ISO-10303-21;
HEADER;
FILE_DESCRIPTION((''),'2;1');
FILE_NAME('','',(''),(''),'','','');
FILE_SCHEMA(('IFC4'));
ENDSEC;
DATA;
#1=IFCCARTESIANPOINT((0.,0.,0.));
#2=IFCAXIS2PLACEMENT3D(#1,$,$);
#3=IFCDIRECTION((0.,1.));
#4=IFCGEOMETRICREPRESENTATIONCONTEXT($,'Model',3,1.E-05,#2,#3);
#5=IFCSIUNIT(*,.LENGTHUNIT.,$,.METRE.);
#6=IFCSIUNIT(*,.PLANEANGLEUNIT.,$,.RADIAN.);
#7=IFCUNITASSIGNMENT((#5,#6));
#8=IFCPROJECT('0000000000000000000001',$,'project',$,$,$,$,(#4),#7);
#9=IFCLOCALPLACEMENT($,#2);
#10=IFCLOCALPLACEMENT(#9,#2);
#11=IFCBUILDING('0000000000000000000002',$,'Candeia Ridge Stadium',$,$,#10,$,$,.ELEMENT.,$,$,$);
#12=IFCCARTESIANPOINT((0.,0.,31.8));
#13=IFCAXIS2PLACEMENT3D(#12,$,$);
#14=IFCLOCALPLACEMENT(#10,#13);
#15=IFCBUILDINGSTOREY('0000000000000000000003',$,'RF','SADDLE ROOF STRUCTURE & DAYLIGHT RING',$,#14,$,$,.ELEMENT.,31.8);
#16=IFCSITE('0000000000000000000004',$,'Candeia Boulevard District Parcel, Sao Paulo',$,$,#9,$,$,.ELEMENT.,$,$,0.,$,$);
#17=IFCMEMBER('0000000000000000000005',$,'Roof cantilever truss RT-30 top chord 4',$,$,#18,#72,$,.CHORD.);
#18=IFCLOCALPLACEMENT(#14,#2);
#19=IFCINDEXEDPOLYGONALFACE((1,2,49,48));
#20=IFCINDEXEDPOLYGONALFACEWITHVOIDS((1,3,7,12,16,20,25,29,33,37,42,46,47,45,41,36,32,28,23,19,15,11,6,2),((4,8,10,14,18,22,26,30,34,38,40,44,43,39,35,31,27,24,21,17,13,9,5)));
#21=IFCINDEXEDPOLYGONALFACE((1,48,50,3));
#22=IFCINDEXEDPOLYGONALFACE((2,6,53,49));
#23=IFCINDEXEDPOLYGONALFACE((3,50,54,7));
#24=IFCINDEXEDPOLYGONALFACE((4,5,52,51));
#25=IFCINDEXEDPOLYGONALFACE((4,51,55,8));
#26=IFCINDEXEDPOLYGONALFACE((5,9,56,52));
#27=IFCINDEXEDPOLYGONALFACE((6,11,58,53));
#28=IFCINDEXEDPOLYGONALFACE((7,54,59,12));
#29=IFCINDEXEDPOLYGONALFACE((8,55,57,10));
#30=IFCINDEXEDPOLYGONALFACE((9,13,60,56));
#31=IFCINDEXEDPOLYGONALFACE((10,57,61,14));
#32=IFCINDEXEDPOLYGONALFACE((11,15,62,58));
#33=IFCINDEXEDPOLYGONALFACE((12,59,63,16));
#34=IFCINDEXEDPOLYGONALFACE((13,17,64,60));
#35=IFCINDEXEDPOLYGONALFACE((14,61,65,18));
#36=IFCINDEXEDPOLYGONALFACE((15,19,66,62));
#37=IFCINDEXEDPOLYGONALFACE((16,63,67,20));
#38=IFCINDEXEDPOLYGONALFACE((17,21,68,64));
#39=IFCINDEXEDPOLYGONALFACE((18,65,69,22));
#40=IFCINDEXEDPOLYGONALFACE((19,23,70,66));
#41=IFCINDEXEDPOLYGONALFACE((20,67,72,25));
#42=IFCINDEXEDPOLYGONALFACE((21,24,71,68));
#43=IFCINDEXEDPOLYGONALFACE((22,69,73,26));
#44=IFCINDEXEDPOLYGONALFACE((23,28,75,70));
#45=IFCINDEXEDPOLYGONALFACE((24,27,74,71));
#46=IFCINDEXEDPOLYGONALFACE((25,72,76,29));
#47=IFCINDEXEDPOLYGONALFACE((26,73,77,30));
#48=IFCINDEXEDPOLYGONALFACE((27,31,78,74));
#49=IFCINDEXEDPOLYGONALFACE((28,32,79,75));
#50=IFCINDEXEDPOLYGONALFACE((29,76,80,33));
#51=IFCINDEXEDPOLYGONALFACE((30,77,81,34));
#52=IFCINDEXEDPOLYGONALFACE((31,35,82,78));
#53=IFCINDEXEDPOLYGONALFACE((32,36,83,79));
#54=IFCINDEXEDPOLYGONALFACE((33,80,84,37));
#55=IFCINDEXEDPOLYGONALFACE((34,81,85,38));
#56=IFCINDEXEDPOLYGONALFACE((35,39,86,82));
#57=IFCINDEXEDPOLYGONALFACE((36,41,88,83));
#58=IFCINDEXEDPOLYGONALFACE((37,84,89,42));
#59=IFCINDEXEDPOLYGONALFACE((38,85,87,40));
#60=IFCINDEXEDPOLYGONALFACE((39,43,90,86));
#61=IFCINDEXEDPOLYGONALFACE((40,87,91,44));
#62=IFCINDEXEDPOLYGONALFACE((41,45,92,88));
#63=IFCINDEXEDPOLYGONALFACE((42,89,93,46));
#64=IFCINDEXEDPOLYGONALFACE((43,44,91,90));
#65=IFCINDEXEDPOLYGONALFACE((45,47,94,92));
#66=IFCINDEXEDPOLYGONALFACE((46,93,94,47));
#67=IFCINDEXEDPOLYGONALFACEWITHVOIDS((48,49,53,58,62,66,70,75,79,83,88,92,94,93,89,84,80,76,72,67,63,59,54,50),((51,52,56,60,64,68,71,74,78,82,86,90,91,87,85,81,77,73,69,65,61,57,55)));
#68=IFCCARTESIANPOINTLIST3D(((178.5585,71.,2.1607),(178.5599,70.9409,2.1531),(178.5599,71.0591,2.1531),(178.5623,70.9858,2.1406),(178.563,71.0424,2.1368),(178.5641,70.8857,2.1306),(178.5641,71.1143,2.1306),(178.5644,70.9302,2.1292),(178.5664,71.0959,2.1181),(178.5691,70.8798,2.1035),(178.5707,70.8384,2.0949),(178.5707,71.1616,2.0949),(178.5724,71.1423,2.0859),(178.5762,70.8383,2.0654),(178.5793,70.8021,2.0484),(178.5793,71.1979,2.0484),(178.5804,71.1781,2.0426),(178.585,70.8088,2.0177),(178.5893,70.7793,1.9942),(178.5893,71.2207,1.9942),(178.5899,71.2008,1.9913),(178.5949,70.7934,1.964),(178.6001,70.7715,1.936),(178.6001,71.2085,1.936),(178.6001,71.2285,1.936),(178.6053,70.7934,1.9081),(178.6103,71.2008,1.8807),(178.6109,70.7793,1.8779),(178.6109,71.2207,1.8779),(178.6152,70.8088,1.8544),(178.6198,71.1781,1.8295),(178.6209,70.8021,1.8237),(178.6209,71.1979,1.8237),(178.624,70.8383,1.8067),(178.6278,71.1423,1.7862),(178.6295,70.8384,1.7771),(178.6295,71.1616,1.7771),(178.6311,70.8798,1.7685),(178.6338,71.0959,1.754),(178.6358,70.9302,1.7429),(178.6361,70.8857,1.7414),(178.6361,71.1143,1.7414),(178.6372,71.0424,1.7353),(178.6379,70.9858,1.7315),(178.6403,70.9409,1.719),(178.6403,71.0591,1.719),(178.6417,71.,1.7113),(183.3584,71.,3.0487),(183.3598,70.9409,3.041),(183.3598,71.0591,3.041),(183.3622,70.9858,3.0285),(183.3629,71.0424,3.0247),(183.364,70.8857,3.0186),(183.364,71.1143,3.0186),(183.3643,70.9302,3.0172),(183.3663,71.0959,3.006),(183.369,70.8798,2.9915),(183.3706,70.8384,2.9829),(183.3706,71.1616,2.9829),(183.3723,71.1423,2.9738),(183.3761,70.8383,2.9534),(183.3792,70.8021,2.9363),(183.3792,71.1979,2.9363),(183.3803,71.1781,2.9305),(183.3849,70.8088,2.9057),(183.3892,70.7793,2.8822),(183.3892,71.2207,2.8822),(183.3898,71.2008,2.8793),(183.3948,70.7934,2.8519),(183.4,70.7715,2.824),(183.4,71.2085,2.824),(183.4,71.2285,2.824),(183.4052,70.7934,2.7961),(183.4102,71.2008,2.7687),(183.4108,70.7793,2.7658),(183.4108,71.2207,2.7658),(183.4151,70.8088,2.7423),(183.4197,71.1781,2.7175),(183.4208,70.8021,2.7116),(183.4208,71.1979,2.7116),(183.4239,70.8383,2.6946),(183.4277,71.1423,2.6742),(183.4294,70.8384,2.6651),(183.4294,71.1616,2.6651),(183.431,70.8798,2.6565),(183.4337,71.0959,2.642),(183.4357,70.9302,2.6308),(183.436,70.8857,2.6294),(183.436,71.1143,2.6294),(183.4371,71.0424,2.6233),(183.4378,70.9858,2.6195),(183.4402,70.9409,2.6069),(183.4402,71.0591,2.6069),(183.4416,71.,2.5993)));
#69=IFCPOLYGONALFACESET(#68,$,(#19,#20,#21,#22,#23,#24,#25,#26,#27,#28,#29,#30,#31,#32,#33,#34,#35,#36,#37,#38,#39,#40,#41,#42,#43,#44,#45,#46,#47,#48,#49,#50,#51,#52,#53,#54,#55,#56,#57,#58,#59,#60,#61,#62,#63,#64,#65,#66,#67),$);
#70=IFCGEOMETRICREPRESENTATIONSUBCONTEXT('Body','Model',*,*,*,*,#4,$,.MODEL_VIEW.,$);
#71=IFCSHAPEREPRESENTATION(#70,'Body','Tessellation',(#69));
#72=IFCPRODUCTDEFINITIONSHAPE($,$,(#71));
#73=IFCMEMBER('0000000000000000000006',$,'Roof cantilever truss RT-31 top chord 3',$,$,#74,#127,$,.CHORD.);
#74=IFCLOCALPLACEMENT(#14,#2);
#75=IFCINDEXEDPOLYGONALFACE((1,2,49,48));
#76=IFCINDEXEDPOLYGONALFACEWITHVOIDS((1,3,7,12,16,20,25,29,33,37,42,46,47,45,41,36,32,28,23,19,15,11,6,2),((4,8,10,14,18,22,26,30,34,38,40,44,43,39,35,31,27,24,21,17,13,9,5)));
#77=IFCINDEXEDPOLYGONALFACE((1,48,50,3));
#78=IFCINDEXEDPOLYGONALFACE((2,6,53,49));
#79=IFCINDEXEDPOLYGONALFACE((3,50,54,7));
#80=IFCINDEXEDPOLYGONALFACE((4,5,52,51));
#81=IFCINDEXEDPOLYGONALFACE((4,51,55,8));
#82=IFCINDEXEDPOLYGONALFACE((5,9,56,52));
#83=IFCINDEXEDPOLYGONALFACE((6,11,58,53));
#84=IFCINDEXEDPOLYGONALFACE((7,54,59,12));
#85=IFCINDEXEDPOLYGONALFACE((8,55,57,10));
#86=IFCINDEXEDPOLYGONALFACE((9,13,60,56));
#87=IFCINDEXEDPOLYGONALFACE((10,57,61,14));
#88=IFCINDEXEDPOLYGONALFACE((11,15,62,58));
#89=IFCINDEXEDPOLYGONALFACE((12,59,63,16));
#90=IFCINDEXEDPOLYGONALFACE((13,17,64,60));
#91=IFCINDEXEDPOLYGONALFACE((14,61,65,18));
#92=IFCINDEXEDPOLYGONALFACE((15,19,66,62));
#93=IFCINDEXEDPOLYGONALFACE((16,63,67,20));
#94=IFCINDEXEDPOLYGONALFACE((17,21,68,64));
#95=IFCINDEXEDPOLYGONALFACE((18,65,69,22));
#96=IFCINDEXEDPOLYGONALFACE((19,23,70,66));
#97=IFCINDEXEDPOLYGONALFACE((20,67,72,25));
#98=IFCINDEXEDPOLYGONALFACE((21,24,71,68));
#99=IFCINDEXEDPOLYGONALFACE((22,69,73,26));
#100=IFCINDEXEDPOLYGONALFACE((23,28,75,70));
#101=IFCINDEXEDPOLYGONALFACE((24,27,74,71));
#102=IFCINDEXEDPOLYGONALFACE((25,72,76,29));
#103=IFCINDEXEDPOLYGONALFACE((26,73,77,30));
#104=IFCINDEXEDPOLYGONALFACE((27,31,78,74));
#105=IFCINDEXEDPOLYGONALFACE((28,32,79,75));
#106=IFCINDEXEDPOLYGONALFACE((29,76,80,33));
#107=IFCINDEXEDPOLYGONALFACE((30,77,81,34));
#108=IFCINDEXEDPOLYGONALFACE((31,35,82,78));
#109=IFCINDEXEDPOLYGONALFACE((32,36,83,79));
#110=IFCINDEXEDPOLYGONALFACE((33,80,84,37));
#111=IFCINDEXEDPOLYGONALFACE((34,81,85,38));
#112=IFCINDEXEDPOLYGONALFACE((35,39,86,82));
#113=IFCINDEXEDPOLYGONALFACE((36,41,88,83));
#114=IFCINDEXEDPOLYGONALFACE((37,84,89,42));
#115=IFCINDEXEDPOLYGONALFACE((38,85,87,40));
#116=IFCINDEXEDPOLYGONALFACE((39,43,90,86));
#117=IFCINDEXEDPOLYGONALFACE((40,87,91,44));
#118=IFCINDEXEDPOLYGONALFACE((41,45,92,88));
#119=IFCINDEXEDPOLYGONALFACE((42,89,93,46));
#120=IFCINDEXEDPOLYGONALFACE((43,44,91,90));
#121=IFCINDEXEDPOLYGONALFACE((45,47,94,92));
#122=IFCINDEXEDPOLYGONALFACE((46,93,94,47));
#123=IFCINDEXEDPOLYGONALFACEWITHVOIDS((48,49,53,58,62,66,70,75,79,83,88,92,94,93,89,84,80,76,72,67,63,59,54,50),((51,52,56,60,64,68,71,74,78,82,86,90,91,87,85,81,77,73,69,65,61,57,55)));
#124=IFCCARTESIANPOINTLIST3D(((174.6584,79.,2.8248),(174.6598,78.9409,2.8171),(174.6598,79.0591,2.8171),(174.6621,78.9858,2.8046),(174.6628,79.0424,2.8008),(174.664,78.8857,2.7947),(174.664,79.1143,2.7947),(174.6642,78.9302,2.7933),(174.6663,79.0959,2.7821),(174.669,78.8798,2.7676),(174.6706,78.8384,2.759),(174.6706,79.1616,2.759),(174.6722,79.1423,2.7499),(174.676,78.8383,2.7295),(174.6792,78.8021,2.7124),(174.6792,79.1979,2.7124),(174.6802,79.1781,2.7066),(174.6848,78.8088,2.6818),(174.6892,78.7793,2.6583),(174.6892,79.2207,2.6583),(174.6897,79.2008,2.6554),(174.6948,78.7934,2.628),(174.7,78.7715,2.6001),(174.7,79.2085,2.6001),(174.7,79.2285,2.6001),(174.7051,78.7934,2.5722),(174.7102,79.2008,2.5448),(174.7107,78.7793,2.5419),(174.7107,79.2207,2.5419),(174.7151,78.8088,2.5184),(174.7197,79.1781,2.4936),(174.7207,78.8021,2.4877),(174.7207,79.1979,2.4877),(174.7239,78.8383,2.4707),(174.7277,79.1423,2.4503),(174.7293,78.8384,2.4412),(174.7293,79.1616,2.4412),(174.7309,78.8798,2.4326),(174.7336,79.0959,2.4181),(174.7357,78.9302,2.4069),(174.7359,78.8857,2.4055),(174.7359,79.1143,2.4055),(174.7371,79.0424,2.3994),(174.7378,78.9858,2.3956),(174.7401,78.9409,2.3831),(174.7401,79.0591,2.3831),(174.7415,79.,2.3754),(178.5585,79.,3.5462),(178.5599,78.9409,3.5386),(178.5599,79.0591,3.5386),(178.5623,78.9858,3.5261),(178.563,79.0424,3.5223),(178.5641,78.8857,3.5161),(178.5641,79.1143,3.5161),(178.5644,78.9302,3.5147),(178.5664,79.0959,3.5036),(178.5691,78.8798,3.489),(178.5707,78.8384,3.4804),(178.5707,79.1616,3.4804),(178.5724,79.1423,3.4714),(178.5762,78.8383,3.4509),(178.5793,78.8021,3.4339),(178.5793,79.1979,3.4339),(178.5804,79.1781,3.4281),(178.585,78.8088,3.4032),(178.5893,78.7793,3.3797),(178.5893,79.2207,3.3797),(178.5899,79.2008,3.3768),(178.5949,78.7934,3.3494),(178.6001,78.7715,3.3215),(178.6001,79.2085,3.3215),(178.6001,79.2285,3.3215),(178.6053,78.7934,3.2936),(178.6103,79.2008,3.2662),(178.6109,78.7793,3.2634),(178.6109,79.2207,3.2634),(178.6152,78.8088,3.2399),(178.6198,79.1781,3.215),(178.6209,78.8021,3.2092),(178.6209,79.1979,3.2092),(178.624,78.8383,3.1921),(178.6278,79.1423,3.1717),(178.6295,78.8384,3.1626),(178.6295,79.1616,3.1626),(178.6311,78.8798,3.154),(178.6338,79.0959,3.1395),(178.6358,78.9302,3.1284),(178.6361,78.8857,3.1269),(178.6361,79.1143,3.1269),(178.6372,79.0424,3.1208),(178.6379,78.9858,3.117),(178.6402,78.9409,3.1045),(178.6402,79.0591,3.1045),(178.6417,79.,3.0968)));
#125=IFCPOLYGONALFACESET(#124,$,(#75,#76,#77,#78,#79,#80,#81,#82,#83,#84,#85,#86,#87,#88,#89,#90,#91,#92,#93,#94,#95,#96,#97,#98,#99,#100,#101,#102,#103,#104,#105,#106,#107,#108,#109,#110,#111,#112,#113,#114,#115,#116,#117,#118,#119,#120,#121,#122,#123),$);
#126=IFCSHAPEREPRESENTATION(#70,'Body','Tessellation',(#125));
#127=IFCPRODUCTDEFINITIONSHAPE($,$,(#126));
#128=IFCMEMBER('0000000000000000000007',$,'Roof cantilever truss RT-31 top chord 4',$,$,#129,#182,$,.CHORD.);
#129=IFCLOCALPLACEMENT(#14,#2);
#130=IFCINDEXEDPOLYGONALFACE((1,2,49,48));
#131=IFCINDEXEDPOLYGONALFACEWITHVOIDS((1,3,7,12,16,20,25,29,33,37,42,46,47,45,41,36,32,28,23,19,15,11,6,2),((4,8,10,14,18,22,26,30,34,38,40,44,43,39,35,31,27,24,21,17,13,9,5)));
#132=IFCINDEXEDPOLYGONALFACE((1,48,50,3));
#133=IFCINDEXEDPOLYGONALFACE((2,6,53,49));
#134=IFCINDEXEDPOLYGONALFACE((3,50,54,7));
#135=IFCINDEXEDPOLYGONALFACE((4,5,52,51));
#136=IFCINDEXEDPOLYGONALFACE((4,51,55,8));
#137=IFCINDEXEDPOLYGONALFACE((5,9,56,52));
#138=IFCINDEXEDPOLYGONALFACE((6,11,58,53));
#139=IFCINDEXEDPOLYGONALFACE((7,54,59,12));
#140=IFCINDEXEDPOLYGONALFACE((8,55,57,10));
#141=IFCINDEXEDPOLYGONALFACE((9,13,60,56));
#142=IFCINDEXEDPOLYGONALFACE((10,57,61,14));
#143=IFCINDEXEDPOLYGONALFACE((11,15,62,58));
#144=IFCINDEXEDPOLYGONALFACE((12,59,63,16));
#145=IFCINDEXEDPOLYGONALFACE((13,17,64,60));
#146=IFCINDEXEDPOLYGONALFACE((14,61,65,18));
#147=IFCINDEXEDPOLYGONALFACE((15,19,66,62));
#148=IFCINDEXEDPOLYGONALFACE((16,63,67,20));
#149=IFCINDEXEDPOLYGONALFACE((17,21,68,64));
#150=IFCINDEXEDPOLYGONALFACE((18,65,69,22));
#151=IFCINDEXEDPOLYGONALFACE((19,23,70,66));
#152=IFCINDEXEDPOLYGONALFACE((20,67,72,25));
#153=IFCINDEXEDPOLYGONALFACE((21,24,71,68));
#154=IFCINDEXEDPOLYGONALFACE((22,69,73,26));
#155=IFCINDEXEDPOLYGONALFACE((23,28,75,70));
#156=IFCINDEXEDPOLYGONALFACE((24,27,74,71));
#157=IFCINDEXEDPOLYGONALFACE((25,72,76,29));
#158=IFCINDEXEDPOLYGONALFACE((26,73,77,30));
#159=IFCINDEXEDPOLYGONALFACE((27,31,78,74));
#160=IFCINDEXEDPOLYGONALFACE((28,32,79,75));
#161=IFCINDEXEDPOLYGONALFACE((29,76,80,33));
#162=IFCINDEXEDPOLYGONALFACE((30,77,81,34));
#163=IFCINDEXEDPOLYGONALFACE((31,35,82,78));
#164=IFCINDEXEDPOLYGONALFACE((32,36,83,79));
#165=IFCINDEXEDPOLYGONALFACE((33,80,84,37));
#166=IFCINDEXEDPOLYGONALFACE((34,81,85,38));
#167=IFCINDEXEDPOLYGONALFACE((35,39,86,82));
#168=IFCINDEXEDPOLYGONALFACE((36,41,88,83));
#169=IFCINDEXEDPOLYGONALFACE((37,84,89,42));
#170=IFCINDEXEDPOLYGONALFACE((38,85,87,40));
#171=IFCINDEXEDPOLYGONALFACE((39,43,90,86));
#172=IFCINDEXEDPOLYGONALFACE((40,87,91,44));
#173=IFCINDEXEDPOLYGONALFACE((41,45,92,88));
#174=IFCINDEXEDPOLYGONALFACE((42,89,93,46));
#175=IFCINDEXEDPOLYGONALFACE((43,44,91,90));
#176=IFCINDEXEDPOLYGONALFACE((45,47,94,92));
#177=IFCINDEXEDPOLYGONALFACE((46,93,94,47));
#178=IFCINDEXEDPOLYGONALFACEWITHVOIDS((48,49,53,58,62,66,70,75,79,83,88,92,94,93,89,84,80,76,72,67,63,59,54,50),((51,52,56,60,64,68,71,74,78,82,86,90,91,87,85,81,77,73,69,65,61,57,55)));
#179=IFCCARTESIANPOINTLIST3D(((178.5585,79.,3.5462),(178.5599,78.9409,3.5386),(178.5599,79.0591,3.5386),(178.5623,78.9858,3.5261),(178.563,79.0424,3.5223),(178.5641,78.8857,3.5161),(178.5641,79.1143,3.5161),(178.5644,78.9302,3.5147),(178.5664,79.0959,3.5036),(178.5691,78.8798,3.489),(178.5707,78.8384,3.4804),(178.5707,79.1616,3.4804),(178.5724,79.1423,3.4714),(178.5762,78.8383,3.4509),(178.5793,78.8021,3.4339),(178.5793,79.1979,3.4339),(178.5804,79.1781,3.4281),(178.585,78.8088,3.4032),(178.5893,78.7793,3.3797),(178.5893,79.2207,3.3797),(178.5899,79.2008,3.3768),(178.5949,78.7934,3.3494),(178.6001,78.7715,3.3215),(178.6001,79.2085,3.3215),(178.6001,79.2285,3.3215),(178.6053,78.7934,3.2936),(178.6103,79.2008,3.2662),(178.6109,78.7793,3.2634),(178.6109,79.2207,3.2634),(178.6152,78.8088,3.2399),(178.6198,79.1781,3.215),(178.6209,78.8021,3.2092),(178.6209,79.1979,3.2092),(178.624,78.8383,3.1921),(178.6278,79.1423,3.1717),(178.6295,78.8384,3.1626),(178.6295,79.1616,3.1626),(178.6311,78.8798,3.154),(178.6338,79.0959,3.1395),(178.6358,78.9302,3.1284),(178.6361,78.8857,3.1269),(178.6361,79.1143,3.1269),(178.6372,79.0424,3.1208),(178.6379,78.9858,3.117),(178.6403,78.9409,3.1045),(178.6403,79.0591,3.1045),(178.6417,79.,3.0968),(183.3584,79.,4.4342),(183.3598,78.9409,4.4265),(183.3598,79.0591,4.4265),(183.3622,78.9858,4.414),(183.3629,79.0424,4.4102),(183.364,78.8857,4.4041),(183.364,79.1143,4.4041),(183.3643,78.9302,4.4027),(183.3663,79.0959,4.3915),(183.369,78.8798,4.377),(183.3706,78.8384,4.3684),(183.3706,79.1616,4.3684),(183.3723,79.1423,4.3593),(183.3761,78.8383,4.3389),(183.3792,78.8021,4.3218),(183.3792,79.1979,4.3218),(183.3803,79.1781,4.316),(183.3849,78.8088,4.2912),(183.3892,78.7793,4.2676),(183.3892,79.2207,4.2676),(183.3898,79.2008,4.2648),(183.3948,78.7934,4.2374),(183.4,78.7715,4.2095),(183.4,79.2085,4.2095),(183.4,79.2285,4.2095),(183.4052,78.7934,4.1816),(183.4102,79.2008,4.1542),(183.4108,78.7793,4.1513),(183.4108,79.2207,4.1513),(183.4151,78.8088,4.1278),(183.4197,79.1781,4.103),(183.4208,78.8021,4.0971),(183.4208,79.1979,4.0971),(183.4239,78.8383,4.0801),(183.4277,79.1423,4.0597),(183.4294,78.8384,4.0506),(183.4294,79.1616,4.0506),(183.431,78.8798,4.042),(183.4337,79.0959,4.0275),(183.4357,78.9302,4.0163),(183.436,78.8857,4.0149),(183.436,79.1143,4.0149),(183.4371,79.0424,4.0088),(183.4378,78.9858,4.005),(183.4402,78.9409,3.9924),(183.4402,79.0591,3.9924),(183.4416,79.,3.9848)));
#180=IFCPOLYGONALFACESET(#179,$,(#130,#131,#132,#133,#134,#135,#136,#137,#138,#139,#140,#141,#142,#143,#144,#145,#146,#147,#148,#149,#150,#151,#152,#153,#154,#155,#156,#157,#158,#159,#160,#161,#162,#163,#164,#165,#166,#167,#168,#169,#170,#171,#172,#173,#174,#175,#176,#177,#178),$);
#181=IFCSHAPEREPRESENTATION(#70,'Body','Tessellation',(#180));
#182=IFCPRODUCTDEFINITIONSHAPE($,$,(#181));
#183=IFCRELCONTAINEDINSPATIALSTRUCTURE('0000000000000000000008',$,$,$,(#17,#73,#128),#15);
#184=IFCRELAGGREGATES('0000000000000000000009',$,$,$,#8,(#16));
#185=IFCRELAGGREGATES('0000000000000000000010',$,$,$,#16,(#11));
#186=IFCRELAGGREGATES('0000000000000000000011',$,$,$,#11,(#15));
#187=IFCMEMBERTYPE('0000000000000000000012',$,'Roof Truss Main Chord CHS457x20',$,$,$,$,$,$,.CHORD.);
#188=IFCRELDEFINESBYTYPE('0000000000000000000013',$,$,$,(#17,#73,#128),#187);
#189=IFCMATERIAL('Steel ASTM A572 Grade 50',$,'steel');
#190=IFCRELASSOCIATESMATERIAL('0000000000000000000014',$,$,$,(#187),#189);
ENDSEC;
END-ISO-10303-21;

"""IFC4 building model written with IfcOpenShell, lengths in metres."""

from ifc_helpers import new_model, si_unit, direction, frame, origin, origin_2d, place, context, subcontext, project, spatial, hollow_circle, extrude, material, material_profile, profile_set, type_object, element, save


model = new_model("IFC4")

# Units and contexts
model_context = context("Model", 3, precision=1e-05, world=origin(), true_north=direction((0.0, 1.0)))
body_context = subcontext(model_context, "Body", "Model", "MODEL_VIEW")
ifc_project = project(units=[si_unit("LENGTHUNIT", "METRE"), si_unit("PLANEANGLEUNIT", "RADIAN")], contexts=[model_context])

# Site, building, storey
site_placement = place(None, origin())
site = spatial("IfcSite", under=ifc_project, at=site_placement, Name="Candeia Boulevard District Parcel, Sao Paulo", CompositionType="ELEMENT", RefElevation=0.0)
building_placement = place(site_placement, origin())
building = spatial("IfcBuilding", under=site, at=building_placement, Name="Candeia Ridge Stadium", CompositionType="ELEMENT")
storey_placement = place(building_placement, frame((0.0, 0.0, 31.8)))
storey = spatial("IfcBuildingStorey", under=building, at=storey_placement, Name="RF", Description="SADDLE ROOF STRUCTURE & DAYLIGHT RING", CompositionType="ELEMENT", Elevation=31.8)

# Shared definitions
ifc_material_1 = material(Name="Steel ASTM A572 Grade 50", Category="steel")

# Members
ifc_material_profile_1 = material_profile(ifc_material_1, hollow_circle(Radius=0.2285, WallThickness=0.02, at=origin_2d()), Name="CHS457x20", Category="steel")
ifc_profile_set_1 = profile_set([ifc_material_profile_1], Name="Steel ASTM A572 Grade 50")
member_type_1 = type_object("IfcMemberType", Name="Roof Truss Main Chord CHS457x20", PredefinedType="CHORD", material=ifc_profile_set_1)
member_1_placement = place(storey_placement, frame((178.6001, 71.0, 1.936), z_axis=(0.983315, 0.0, 0.181908), x_axis=(0.0, 1.0, 0.0)))
element("IfcMember", 1, at=member_1_placement, inside=storey, type_object=member_type_1, Name="Roof cantilever truss RT-30 top chord 4", PredefinedType="CHORD", context=body_context, shape_type="SweptSolid", body=[
    extrude(hollow_circle(Radius=0.2285, WallThickness=0.02, at=origin_2d()), origin(), (0.0, 0.0, 1.0), 4.8813),
])
member_2_placement = place(storey_placement, frame((174.7, 79.0, 2.6001), z_axis=(0.983319, 0.0, 0.181891), x_axis=(0.0, 1.0, 0.0)))
element("IfcMember", 2, at=member_2_placement, inside=storey, type_object=member_type_1, Name="Roof cantilever truss RT-31 top chord 3", PredefinedType="CHORD", context=body_context, shape_type="SweptSolid", body=[
    extrude(hollow_circle(Radius=0.2285, WallThickness=0.02, at=origin_2d()), origin(), (0.0, 0.0, 1.0), 3.9663),
])
member_3_placement = place(storey_placement, frame((178.6001, 79.0, 3.3215), z_axis=(0.983315, 0.0, 0.181908), x_axis=(0.0, 1.0, 0.0)))
element("IfcMember", 3, at=member_3_placement, inside=storey, type_object=member_type_1, Name="Roof cantilever truss RT-31 top chord 4", PredefinedType="CHORD", context=body_context, shape_type="SweptSolid", body=[
    extrude(hollow_circle(Radius=0.2285, WallThickness=0.02, at=origin_2d()), origin(), (0.0, 0.0, 1.0), 4.8813),
])

save(model, "model.ifc")
